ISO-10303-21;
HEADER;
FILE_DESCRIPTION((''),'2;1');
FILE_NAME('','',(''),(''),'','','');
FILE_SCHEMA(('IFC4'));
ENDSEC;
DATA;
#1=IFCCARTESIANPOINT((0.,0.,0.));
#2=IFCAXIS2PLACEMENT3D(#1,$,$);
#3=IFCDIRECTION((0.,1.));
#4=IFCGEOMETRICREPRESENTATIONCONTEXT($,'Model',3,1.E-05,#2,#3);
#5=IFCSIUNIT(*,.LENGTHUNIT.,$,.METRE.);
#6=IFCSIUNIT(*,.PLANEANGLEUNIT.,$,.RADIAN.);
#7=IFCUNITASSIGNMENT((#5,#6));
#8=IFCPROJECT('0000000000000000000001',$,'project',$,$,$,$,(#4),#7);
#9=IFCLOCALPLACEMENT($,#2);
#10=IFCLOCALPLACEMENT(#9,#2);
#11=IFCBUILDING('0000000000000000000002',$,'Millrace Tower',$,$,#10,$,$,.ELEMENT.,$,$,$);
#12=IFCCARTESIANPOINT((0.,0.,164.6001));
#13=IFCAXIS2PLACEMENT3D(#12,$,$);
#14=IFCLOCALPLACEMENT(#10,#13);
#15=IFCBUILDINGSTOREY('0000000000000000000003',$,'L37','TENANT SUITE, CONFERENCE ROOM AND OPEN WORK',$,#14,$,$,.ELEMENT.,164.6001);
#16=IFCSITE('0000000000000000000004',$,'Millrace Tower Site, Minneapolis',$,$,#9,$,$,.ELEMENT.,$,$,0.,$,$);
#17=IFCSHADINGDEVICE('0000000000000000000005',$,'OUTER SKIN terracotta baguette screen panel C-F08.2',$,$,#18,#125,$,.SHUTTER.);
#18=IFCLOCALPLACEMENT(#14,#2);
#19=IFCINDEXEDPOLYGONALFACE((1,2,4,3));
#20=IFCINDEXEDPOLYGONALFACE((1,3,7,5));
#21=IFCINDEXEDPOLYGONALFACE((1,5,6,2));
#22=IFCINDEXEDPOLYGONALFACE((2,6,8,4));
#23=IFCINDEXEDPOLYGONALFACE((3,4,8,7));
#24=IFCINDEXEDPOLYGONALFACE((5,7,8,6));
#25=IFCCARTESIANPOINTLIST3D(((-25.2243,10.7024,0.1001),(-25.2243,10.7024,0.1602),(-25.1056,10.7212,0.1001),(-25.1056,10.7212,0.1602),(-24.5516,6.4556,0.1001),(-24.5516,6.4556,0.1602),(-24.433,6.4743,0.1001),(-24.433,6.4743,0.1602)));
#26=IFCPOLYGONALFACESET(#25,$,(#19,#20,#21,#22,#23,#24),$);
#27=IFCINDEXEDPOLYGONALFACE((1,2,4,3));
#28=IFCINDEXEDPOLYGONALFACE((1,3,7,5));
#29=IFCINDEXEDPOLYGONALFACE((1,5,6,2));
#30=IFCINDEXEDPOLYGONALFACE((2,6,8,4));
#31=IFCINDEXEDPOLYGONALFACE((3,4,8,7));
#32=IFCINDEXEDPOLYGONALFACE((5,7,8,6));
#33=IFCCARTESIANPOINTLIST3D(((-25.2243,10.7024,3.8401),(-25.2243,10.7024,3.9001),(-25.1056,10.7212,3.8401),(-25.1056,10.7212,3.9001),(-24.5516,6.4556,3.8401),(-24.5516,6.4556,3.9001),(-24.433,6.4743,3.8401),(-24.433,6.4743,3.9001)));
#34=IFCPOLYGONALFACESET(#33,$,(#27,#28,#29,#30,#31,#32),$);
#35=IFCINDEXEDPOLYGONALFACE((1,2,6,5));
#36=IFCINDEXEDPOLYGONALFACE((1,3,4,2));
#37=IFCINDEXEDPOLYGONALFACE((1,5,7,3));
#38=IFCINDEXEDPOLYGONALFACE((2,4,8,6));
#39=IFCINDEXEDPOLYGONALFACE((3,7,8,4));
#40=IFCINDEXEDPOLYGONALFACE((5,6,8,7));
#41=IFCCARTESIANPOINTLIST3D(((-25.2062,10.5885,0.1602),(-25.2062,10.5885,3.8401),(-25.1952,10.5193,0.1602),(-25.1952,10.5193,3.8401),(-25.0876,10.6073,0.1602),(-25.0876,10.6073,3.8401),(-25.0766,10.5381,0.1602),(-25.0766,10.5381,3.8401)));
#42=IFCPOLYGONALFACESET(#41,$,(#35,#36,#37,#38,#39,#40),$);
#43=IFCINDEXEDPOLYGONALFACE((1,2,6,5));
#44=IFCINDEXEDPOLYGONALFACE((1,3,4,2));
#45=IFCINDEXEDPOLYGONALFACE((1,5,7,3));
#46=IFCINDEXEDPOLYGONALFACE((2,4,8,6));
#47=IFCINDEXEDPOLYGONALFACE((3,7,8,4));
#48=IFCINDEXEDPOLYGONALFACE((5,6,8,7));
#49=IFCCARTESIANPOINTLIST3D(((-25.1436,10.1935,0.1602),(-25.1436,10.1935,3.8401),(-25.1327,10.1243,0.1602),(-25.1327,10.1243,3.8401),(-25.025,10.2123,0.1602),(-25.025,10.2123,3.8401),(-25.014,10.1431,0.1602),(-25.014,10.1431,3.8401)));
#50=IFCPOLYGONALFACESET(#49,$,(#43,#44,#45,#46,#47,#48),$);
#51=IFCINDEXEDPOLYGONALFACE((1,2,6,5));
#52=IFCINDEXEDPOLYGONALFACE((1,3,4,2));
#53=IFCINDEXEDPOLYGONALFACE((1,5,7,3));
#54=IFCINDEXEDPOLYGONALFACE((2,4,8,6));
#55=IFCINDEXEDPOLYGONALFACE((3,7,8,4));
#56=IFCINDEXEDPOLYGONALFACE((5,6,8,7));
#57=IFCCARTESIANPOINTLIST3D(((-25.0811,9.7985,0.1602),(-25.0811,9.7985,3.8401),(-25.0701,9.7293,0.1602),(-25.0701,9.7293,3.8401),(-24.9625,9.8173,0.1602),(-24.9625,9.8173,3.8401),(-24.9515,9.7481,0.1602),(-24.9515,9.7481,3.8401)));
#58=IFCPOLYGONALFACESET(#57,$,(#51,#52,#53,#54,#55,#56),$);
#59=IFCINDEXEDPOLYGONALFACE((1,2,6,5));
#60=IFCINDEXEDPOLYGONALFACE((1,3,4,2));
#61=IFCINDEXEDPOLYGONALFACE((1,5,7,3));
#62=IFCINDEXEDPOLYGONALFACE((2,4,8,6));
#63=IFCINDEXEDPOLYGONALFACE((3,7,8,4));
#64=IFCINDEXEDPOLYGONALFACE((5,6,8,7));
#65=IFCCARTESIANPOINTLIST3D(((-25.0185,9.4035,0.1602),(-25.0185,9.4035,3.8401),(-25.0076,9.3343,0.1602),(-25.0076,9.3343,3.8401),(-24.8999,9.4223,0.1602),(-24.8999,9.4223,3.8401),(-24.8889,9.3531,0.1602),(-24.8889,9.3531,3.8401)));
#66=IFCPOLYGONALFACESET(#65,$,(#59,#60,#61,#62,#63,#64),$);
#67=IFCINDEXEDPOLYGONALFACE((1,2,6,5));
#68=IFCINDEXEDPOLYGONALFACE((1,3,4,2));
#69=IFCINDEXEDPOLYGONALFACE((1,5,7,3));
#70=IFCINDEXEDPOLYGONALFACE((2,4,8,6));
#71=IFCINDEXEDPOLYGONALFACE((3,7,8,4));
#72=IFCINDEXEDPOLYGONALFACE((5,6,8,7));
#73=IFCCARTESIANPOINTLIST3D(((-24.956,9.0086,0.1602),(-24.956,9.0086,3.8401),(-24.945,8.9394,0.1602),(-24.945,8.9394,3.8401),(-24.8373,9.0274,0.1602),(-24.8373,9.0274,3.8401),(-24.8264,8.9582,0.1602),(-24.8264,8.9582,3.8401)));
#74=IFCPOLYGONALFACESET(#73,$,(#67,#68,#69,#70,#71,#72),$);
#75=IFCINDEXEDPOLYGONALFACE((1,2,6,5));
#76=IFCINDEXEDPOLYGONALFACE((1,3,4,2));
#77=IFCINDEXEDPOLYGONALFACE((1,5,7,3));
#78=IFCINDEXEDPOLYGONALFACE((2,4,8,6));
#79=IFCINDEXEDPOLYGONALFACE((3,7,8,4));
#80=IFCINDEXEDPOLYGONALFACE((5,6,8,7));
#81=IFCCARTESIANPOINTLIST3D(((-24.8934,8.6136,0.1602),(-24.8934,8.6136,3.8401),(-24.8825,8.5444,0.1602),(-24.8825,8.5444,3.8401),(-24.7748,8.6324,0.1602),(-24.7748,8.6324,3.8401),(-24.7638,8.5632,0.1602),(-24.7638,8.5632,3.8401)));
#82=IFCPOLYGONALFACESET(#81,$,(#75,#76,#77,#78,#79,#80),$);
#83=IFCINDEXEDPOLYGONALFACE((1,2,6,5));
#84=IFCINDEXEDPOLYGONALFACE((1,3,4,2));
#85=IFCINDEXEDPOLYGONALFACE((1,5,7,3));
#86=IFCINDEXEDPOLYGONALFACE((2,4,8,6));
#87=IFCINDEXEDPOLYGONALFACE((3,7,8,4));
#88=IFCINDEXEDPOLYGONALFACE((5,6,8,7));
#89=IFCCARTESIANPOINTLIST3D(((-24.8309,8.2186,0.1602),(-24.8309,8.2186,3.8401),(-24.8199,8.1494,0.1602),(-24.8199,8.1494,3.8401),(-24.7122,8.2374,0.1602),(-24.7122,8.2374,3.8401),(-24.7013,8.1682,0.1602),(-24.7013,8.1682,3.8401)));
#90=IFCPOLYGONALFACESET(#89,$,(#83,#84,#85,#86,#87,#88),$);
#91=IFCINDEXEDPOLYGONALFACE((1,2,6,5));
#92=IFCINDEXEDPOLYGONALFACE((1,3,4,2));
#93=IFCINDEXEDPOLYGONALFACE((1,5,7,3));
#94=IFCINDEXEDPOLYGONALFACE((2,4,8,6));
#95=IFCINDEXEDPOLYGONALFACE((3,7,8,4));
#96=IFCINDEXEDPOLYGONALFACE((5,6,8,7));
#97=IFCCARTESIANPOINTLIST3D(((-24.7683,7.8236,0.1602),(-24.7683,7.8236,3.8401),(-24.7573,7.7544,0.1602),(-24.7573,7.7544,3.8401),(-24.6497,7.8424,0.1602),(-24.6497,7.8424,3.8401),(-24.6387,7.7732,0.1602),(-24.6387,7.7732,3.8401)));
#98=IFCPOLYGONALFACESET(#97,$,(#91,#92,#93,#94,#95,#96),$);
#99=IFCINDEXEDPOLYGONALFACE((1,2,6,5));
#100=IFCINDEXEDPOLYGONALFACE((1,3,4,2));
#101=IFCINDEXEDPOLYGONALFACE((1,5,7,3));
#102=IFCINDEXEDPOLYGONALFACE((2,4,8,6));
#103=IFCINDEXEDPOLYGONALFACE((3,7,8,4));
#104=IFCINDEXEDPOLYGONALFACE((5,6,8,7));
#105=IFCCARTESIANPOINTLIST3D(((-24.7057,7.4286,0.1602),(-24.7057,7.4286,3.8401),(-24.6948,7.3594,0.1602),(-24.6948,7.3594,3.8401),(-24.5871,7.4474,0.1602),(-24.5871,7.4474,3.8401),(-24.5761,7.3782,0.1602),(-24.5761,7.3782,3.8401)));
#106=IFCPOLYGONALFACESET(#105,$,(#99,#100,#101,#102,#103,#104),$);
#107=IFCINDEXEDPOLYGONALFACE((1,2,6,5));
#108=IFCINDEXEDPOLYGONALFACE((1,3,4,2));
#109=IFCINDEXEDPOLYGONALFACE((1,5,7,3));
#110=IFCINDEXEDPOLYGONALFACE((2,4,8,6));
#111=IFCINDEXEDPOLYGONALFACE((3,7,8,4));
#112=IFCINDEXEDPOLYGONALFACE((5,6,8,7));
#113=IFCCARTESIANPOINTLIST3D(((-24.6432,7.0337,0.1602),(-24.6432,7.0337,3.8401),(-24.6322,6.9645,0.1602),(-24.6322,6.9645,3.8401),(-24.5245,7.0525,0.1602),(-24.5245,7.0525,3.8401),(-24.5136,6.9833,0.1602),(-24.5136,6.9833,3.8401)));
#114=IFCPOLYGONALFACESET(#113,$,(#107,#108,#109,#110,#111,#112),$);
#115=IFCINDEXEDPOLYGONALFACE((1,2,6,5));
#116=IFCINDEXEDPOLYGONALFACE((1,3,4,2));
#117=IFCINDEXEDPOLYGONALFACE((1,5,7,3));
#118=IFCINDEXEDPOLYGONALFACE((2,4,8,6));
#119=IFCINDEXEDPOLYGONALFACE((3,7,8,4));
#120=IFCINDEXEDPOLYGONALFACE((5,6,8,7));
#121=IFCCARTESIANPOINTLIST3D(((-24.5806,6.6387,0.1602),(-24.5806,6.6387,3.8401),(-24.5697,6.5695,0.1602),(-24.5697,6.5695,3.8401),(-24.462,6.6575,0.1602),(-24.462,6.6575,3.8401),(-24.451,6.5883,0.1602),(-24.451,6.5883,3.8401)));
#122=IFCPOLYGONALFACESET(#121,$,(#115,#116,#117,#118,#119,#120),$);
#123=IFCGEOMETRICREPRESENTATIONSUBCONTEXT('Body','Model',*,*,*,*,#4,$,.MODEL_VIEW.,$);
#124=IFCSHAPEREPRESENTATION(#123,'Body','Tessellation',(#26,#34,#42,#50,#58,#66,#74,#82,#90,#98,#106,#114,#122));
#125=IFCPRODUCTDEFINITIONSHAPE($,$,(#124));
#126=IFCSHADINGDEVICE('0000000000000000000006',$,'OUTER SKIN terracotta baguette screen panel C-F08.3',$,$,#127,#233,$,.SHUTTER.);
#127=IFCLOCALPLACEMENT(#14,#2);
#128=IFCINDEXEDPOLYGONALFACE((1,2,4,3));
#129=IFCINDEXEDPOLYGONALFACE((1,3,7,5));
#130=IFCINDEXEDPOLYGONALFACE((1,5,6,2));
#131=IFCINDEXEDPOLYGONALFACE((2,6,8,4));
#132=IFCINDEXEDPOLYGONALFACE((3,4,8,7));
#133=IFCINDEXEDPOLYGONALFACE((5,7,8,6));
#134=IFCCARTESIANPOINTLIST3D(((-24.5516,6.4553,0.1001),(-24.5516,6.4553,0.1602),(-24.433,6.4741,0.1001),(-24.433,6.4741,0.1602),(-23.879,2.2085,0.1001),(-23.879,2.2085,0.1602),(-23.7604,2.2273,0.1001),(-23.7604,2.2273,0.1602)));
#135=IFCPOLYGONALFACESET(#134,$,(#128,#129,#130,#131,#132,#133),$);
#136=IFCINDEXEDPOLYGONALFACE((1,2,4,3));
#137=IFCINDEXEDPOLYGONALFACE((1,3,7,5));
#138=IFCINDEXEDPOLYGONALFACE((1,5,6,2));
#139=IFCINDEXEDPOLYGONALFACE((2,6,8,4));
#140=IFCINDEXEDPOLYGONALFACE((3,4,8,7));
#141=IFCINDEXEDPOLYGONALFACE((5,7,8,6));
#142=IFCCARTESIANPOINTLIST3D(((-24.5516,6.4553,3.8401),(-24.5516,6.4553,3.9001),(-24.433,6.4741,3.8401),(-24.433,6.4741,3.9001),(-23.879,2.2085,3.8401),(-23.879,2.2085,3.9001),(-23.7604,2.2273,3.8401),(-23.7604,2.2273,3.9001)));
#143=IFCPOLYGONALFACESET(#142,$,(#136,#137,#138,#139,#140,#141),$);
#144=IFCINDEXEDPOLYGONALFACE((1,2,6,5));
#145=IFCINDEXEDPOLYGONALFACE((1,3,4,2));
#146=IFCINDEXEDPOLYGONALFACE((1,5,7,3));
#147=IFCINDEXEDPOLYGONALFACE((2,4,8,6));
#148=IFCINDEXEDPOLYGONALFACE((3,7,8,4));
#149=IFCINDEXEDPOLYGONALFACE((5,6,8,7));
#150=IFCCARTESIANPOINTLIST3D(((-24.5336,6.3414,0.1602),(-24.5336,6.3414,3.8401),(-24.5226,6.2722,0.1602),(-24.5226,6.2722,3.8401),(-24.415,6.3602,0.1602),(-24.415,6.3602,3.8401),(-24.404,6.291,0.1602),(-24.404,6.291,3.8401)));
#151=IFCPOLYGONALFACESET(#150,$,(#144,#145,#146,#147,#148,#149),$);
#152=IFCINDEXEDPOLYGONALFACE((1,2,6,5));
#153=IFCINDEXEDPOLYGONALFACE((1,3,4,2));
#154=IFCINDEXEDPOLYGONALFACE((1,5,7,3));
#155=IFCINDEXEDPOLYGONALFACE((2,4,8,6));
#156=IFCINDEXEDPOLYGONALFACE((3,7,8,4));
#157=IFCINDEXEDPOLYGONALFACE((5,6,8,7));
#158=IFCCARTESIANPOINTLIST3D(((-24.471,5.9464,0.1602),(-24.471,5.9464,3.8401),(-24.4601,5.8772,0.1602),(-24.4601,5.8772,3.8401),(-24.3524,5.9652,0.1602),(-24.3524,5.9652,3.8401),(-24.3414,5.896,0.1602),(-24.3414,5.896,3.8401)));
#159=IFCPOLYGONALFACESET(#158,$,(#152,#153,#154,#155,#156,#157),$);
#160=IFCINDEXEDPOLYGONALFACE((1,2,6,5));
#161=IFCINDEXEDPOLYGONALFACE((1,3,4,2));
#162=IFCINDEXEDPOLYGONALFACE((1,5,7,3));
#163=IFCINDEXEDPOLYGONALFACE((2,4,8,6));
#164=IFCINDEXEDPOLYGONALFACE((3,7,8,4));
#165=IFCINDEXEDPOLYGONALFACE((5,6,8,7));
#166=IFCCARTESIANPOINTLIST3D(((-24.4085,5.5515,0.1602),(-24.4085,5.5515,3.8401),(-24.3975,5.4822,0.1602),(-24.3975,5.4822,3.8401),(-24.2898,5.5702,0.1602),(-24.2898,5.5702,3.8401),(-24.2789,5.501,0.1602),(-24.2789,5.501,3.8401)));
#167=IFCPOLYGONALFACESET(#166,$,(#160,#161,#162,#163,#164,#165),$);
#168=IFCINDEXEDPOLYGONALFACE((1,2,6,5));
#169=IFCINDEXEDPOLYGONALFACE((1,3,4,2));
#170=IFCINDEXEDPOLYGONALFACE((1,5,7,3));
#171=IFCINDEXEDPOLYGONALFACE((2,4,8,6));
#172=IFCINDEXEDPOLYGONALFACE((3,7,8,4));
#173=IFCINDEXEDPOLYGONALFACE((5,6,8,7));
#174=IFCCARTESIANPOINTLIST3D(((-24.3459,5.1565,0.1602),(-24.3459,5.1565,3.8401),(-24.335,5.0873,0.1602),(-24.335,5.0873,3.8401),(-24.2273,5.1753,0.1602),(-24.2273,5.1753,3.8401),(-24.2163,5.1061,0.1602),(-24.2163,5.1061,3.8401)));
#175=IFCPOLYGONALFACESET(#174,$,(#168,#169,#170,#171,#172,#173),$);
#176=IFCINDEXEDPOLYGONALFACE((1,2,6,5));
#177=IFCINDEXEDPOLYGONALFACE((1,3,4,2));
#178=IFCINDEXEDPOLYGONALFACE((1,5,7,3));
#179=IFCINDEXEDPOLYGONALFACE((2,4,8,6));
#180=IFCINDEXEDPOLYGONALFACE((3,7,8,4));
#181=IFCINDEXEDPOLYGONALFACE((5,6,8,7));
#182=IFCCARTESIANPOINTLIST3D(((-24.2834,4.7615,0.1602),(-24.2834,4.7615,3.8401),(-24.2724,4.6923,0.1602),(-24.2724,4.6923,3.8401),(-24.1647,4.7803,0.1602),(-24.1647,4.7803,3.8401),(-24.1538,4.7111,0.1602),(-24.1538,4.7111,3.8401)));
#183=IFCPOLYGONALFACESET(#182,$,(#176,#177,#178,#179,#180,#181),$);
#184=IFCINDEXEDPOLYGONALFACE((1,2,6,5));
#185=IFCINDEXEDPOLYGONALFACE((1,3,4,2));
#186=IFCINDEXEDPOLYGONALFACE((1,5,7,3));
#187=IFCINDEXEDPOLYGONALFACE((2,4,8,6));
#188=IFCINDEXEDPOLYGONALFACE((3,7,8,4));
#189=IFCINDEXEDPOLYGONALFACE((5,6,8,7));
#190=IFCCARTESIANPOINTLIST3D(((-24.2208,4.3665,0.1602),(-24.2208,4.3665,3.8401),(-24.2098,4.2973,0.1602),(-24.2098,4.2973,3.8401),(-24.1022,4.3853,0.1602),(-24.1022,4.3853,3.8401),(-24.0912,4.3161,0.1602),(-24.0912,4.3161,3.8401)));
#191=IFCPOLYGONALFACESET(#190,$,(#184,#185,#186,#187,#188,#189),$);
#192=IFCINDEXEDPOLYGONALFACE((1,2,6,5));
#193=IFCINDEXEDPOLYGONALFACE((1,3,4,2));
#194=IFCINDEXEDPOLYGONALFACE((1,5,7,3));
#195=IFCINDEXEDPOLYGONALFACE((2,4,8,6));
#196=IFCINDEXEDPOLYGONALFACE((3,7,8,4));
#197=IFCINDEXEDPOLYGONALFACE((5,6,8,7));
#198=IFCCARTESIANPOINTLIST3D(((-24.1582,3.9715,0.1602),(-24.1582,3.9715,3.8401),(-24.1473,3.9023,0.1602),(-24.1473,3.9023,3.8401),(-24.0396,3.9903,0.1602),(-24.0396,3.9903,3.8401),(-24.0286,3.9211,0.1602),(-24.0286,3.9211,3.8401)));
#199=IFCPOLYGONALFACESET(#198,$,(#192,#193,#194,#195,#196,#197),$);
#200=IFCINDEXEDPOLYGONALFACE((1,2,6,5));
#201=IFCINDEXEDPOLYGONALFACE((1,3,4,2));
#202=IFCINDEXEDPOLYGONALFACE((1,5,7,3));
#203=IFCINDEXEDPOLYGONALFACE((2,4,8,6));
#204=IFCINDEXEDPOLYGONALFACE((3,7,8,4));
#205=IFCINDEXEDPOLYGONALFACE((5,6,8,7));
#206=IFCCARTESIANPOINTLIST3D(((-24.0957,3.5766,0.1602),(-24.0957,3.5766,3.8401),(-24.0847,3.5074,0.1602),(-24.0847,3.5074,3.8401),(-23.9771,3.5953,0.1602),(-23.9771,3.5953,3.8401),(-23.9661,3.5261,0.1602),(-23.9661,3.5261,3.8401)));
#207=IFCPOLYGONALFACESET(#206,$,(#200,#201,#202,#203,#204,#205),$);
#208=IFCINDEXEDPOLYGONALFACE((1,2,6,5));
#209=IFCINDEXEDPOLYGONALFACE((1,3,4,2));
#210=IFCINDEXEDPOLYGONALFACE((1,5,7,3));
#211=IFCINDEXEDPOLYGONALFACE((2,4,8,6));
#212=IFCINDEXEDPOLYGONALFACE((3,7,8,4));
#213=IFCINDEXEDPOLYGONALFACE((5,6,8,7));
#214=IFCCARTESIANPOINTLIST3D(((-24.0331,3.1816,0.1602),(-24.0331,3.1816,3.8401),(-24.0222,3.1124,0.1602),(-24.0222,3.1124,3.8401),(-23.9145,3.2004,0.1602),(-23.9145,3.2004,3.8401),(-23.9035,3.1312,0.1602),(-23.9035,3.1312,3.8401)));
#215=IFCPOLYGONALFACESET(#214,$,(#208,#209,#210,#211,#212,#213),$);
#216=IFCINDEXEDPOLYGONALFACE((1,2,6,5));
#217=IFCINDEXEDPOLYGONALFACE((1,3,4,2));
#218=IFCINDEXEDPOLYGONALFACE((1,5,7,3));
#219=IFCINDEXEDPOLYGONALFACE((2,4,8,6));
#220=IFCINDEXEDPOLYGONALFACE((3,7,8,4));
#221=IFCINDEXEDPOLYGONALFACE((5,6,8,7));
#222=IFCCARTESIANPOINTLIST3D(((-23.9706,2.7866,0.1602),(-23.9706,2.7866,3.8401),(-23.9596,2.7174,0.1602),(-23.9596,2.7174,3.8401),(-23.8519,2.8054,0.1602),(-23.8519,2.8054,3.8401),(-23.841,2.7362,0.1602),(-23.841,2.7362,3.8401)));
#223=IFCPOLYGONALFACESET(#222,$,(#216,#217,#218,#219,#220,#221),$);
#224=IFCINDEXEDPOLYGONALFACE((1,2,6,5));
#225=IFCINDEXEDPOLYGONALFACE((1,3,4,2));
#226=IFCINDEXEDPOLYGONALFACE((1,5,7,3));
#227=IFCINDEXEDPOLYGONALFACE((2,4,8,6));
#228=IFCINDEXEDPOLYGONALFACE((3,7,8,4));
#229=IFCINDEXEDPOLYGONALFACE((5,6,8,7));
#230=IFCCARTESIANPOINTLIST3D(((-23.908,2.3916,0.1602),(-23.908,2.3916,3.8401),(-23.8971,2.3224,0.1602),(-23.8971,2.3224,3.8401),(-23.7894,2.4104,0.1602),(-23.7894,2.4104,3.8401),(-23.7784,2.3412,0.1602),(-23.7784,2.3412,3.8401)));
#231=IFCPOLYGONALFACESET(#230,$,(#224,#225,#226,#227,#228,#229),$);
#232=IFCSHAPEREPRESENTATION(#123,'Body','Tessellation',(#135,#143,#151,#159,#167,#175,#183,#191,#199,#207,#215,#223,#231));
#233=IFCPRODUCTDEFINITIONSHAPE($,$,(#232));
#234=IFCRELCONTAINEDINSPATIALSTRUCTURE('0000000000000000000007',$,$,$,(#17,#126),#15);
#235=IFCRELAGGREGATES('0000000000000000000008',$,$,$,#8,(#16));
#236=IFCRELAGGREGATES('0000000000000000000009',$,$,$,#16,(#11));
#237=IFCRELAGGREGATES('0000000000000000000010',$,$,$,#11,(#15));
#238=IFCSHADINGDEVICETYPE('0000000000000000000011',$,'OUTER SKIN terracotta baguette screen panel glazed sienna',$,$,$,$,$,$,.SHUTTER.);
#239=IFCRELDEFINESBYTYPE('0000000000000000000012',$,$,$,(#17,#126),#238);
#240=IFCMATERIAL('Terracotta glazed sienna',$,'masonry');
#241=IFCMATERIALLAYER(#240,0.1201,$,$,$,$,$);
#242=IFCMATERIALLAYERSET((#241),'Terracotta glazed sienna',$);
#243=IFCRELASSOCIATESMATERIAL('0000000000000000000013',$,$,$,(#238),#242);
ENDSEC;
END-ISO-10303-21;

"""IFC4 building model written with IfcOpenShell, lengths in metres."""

from ifc_helpers import new_model, entity, si_unit, direction, frame, frame_2d, origin, origin_2d, place, context, subcontext, project, spatial, rectangle, extrude, source, transform, mapped, material, layer, layer_set, type_object, element, save


model = new_model("IFC4")

# Units and contexts
model_context = context("Model", 3, precision=1e-05, world=origin(), true_north=direction((0.0, 1.0)))
body_context = subcontext(model_context, "Body", "Model", "MODEL_VIEW")
ifc_project = project(units=[si_unit("LENGTHUNIT", "METRE"), si_unit("PLANEANGLEUNIT", "RADIAN")], contexts=[model_context])

# Site, building, storey
site_placement = place(None, origin())
site = spatial("IfcSite", under=ifc_project, at=site_placement, Name="Millrace Tower Site, Minneapolis", CompositionType="ELEMENT", RefElevation=0.0)
building_placement = place(site_placement, origin())
building = spatial("IfcBuilding", under=site, at=building_placement, Name="Millrace Tower", CompositionType="ELEMENT")
storey_placement = place(building_placement, frame((0.0, 0.0, 164.6001)))
storey = spatial("IfcBuildingStorey", under=building, at=storey_placement, Name="L37", Description="TENANT SUITE, CONFERENCE ROOM AND OPEN WORK", CompositionType="ELEMENT", Elevation=164.6001)

# Shading devices
ifc_material_1 = material(Name="Terracotta glazed sienna", Category="masonry")
ifc_layer_1 = layer(ifc_material_1, 0.1201)
ifc_layer_set_1 = layer_set([ifc_layer_1], Name="Terracotta glazed sienna")
shading_device_type = type_object("IfcShadingDeviceType", Name="OUTER SKIN terracotta baguette screen panel glazed sienna", PredefinedType="SHUTTER", material=ifc_layer_set_1)
cartesian_point = entity("IfcCartesianPoint", [-2.1499, 0.0601])
shared_polyline = entity("IfcPolyline", [cartesian_point, entity("IfcCartesianPoint", [2.1499, 0.0601]), entity("IfcCartesianPoint", [2.1499, -0.0601]), entity("IfcCartesianPoint", [-2.1499, -0.0601]), cartesian_point])
shared_shape = source(origin(), body_context, "Body", "SweptSolid", [
    entity("IfcExtrudedAreaSolid", entity("IfcArbitraryClosedProfileDef", "AREA", None, shared_polyline), entity("IfcAxis2Placement3D", entity("IfcCartesianPoint", [0.0, 0.0, 0.0])), entity("IfcDirection", [0.0, 0.0, 1.0]), 0.0601),
    entity("IfcExtrudedAreaSolid", entity("IfcArbitraryClosedProfileDef", "AREA", None, shared_polyline), entity("IfcAxis2Placement3D", entity("IfcCartesianPoint", [0.0, 0.0, 3.74])), entity("IfcDirection", [0.0, 0.0, 1.0]), 0.0601),
    extrude(rectangle(XDim=0.0701, YDim=0.1201, at=frame_2d((-1.9995, 0.0))), frame((0.0, 0.0, 0.0601)), (0.0, 0.0, 1.0), 3.6799),
    extrude(rectangle(XDim=0.0701, YDim=0.1201, at=frame_2d((-1.5996, 0.0))), frame((0.0, 0.0, 0.0601)), (0.0, 0.0, 1.0), 3.6799),
    extrude(rectangle(XDim=0.0701, YDim=0.1201, at=frame_2d((-1.1997, 0.0))), frame((0.0, 0.0, 0.0601)), (0.0, 0.0, 1.0), 3.6799),
    extrude(rectangle(XDim=0.0701, YDim=0.1201, at=frame_2d((-0.7998, 0.0))), frame((0.0, 0.0, 0.0601)), (0.0, 0.0, 1.0), 3.6799),
    extrude(rectangle(XDim=0.0701, YDim=0.1201, at=frame_2d((-0.3999, 0.0))), frame((0.0, 0.0, 0.0601)), (0.0, 0.0, 1.0), 3.6799),
    extrude(rectangle(XDim=0.0701, YDim=0.1201, at=origin_2d()), frame((0.0, 0.0, 0.0601)), (0.0, 0.0, 1.0), 3.6799),
    extrude(rectangle(XDim=0.0701, YDim=0.1201, at=frame_2d((0.3999, 0.0))), frame((0.0, 0.0, 0.0601)), (0.0, 0.0, 1.0), 3.6799),
    extrude(rectangle(XDim=0.0701, YDim=0.1201, at=frame_2d((0.7998, 0.0))), frame((0.0, 0.0, 0.0601)), (0.0, 0.0, 1.0), 3.6799),
    extrude(rectangle(XDim=0.0701, YDim=0.1201, at=frame_2d((1.1997, 0.0))), frame((0.0, 0.0, 0.0601)), (0.0, 0.0, 1.0), 3.6799),
    extrude(rectangle(XDim=0.0701, YDim=0.1201, at=frame_2d((1.5996, 0.0))), frame((0.0, 0.0, 0.0601)), (0.0, 0.0, 1.0), 3.6799),
    extrude(rectangle(XDim=0.0701, YDim=0.1201, at=frame_2d((1.9995, 0.0))), frame((0.0, 0.0, 0.0601)), (0.0, 0.0, 1.0), 3.6799),
])
for number, where, z_axis, x_axis, name in (
    (1, (-24.8286, 8.5884, 0.1001), (0.0, 0.0, 1.0), (0.156434, -0.987688, 0.0), "OUTER SKIN terracotta baguette screen panel C-F08.2"),
    (2, (-24.156, 4.3413, 0.1001), (0.0, 0.0, 1.0), (0.156434, -0.987688, 0.0), "OUTER SKIN terracotta baguette screen panel C-F08.3"),
):
    element("IfcShadingDevice", number, at=place(storey_placement, frame(where, z_axis=z_axis, x_axis=x_axis)), inside=storey, type_object=shading_device_type, Name=name, PredefinedType="SHUTTER", context=body_context, shape_type="MappedRepresentation", body=[
        mapped(shared_shape, transform((0.0, 0.0, 0.0), scale=1.0)),
    ])

save(model, "model.ifc")
